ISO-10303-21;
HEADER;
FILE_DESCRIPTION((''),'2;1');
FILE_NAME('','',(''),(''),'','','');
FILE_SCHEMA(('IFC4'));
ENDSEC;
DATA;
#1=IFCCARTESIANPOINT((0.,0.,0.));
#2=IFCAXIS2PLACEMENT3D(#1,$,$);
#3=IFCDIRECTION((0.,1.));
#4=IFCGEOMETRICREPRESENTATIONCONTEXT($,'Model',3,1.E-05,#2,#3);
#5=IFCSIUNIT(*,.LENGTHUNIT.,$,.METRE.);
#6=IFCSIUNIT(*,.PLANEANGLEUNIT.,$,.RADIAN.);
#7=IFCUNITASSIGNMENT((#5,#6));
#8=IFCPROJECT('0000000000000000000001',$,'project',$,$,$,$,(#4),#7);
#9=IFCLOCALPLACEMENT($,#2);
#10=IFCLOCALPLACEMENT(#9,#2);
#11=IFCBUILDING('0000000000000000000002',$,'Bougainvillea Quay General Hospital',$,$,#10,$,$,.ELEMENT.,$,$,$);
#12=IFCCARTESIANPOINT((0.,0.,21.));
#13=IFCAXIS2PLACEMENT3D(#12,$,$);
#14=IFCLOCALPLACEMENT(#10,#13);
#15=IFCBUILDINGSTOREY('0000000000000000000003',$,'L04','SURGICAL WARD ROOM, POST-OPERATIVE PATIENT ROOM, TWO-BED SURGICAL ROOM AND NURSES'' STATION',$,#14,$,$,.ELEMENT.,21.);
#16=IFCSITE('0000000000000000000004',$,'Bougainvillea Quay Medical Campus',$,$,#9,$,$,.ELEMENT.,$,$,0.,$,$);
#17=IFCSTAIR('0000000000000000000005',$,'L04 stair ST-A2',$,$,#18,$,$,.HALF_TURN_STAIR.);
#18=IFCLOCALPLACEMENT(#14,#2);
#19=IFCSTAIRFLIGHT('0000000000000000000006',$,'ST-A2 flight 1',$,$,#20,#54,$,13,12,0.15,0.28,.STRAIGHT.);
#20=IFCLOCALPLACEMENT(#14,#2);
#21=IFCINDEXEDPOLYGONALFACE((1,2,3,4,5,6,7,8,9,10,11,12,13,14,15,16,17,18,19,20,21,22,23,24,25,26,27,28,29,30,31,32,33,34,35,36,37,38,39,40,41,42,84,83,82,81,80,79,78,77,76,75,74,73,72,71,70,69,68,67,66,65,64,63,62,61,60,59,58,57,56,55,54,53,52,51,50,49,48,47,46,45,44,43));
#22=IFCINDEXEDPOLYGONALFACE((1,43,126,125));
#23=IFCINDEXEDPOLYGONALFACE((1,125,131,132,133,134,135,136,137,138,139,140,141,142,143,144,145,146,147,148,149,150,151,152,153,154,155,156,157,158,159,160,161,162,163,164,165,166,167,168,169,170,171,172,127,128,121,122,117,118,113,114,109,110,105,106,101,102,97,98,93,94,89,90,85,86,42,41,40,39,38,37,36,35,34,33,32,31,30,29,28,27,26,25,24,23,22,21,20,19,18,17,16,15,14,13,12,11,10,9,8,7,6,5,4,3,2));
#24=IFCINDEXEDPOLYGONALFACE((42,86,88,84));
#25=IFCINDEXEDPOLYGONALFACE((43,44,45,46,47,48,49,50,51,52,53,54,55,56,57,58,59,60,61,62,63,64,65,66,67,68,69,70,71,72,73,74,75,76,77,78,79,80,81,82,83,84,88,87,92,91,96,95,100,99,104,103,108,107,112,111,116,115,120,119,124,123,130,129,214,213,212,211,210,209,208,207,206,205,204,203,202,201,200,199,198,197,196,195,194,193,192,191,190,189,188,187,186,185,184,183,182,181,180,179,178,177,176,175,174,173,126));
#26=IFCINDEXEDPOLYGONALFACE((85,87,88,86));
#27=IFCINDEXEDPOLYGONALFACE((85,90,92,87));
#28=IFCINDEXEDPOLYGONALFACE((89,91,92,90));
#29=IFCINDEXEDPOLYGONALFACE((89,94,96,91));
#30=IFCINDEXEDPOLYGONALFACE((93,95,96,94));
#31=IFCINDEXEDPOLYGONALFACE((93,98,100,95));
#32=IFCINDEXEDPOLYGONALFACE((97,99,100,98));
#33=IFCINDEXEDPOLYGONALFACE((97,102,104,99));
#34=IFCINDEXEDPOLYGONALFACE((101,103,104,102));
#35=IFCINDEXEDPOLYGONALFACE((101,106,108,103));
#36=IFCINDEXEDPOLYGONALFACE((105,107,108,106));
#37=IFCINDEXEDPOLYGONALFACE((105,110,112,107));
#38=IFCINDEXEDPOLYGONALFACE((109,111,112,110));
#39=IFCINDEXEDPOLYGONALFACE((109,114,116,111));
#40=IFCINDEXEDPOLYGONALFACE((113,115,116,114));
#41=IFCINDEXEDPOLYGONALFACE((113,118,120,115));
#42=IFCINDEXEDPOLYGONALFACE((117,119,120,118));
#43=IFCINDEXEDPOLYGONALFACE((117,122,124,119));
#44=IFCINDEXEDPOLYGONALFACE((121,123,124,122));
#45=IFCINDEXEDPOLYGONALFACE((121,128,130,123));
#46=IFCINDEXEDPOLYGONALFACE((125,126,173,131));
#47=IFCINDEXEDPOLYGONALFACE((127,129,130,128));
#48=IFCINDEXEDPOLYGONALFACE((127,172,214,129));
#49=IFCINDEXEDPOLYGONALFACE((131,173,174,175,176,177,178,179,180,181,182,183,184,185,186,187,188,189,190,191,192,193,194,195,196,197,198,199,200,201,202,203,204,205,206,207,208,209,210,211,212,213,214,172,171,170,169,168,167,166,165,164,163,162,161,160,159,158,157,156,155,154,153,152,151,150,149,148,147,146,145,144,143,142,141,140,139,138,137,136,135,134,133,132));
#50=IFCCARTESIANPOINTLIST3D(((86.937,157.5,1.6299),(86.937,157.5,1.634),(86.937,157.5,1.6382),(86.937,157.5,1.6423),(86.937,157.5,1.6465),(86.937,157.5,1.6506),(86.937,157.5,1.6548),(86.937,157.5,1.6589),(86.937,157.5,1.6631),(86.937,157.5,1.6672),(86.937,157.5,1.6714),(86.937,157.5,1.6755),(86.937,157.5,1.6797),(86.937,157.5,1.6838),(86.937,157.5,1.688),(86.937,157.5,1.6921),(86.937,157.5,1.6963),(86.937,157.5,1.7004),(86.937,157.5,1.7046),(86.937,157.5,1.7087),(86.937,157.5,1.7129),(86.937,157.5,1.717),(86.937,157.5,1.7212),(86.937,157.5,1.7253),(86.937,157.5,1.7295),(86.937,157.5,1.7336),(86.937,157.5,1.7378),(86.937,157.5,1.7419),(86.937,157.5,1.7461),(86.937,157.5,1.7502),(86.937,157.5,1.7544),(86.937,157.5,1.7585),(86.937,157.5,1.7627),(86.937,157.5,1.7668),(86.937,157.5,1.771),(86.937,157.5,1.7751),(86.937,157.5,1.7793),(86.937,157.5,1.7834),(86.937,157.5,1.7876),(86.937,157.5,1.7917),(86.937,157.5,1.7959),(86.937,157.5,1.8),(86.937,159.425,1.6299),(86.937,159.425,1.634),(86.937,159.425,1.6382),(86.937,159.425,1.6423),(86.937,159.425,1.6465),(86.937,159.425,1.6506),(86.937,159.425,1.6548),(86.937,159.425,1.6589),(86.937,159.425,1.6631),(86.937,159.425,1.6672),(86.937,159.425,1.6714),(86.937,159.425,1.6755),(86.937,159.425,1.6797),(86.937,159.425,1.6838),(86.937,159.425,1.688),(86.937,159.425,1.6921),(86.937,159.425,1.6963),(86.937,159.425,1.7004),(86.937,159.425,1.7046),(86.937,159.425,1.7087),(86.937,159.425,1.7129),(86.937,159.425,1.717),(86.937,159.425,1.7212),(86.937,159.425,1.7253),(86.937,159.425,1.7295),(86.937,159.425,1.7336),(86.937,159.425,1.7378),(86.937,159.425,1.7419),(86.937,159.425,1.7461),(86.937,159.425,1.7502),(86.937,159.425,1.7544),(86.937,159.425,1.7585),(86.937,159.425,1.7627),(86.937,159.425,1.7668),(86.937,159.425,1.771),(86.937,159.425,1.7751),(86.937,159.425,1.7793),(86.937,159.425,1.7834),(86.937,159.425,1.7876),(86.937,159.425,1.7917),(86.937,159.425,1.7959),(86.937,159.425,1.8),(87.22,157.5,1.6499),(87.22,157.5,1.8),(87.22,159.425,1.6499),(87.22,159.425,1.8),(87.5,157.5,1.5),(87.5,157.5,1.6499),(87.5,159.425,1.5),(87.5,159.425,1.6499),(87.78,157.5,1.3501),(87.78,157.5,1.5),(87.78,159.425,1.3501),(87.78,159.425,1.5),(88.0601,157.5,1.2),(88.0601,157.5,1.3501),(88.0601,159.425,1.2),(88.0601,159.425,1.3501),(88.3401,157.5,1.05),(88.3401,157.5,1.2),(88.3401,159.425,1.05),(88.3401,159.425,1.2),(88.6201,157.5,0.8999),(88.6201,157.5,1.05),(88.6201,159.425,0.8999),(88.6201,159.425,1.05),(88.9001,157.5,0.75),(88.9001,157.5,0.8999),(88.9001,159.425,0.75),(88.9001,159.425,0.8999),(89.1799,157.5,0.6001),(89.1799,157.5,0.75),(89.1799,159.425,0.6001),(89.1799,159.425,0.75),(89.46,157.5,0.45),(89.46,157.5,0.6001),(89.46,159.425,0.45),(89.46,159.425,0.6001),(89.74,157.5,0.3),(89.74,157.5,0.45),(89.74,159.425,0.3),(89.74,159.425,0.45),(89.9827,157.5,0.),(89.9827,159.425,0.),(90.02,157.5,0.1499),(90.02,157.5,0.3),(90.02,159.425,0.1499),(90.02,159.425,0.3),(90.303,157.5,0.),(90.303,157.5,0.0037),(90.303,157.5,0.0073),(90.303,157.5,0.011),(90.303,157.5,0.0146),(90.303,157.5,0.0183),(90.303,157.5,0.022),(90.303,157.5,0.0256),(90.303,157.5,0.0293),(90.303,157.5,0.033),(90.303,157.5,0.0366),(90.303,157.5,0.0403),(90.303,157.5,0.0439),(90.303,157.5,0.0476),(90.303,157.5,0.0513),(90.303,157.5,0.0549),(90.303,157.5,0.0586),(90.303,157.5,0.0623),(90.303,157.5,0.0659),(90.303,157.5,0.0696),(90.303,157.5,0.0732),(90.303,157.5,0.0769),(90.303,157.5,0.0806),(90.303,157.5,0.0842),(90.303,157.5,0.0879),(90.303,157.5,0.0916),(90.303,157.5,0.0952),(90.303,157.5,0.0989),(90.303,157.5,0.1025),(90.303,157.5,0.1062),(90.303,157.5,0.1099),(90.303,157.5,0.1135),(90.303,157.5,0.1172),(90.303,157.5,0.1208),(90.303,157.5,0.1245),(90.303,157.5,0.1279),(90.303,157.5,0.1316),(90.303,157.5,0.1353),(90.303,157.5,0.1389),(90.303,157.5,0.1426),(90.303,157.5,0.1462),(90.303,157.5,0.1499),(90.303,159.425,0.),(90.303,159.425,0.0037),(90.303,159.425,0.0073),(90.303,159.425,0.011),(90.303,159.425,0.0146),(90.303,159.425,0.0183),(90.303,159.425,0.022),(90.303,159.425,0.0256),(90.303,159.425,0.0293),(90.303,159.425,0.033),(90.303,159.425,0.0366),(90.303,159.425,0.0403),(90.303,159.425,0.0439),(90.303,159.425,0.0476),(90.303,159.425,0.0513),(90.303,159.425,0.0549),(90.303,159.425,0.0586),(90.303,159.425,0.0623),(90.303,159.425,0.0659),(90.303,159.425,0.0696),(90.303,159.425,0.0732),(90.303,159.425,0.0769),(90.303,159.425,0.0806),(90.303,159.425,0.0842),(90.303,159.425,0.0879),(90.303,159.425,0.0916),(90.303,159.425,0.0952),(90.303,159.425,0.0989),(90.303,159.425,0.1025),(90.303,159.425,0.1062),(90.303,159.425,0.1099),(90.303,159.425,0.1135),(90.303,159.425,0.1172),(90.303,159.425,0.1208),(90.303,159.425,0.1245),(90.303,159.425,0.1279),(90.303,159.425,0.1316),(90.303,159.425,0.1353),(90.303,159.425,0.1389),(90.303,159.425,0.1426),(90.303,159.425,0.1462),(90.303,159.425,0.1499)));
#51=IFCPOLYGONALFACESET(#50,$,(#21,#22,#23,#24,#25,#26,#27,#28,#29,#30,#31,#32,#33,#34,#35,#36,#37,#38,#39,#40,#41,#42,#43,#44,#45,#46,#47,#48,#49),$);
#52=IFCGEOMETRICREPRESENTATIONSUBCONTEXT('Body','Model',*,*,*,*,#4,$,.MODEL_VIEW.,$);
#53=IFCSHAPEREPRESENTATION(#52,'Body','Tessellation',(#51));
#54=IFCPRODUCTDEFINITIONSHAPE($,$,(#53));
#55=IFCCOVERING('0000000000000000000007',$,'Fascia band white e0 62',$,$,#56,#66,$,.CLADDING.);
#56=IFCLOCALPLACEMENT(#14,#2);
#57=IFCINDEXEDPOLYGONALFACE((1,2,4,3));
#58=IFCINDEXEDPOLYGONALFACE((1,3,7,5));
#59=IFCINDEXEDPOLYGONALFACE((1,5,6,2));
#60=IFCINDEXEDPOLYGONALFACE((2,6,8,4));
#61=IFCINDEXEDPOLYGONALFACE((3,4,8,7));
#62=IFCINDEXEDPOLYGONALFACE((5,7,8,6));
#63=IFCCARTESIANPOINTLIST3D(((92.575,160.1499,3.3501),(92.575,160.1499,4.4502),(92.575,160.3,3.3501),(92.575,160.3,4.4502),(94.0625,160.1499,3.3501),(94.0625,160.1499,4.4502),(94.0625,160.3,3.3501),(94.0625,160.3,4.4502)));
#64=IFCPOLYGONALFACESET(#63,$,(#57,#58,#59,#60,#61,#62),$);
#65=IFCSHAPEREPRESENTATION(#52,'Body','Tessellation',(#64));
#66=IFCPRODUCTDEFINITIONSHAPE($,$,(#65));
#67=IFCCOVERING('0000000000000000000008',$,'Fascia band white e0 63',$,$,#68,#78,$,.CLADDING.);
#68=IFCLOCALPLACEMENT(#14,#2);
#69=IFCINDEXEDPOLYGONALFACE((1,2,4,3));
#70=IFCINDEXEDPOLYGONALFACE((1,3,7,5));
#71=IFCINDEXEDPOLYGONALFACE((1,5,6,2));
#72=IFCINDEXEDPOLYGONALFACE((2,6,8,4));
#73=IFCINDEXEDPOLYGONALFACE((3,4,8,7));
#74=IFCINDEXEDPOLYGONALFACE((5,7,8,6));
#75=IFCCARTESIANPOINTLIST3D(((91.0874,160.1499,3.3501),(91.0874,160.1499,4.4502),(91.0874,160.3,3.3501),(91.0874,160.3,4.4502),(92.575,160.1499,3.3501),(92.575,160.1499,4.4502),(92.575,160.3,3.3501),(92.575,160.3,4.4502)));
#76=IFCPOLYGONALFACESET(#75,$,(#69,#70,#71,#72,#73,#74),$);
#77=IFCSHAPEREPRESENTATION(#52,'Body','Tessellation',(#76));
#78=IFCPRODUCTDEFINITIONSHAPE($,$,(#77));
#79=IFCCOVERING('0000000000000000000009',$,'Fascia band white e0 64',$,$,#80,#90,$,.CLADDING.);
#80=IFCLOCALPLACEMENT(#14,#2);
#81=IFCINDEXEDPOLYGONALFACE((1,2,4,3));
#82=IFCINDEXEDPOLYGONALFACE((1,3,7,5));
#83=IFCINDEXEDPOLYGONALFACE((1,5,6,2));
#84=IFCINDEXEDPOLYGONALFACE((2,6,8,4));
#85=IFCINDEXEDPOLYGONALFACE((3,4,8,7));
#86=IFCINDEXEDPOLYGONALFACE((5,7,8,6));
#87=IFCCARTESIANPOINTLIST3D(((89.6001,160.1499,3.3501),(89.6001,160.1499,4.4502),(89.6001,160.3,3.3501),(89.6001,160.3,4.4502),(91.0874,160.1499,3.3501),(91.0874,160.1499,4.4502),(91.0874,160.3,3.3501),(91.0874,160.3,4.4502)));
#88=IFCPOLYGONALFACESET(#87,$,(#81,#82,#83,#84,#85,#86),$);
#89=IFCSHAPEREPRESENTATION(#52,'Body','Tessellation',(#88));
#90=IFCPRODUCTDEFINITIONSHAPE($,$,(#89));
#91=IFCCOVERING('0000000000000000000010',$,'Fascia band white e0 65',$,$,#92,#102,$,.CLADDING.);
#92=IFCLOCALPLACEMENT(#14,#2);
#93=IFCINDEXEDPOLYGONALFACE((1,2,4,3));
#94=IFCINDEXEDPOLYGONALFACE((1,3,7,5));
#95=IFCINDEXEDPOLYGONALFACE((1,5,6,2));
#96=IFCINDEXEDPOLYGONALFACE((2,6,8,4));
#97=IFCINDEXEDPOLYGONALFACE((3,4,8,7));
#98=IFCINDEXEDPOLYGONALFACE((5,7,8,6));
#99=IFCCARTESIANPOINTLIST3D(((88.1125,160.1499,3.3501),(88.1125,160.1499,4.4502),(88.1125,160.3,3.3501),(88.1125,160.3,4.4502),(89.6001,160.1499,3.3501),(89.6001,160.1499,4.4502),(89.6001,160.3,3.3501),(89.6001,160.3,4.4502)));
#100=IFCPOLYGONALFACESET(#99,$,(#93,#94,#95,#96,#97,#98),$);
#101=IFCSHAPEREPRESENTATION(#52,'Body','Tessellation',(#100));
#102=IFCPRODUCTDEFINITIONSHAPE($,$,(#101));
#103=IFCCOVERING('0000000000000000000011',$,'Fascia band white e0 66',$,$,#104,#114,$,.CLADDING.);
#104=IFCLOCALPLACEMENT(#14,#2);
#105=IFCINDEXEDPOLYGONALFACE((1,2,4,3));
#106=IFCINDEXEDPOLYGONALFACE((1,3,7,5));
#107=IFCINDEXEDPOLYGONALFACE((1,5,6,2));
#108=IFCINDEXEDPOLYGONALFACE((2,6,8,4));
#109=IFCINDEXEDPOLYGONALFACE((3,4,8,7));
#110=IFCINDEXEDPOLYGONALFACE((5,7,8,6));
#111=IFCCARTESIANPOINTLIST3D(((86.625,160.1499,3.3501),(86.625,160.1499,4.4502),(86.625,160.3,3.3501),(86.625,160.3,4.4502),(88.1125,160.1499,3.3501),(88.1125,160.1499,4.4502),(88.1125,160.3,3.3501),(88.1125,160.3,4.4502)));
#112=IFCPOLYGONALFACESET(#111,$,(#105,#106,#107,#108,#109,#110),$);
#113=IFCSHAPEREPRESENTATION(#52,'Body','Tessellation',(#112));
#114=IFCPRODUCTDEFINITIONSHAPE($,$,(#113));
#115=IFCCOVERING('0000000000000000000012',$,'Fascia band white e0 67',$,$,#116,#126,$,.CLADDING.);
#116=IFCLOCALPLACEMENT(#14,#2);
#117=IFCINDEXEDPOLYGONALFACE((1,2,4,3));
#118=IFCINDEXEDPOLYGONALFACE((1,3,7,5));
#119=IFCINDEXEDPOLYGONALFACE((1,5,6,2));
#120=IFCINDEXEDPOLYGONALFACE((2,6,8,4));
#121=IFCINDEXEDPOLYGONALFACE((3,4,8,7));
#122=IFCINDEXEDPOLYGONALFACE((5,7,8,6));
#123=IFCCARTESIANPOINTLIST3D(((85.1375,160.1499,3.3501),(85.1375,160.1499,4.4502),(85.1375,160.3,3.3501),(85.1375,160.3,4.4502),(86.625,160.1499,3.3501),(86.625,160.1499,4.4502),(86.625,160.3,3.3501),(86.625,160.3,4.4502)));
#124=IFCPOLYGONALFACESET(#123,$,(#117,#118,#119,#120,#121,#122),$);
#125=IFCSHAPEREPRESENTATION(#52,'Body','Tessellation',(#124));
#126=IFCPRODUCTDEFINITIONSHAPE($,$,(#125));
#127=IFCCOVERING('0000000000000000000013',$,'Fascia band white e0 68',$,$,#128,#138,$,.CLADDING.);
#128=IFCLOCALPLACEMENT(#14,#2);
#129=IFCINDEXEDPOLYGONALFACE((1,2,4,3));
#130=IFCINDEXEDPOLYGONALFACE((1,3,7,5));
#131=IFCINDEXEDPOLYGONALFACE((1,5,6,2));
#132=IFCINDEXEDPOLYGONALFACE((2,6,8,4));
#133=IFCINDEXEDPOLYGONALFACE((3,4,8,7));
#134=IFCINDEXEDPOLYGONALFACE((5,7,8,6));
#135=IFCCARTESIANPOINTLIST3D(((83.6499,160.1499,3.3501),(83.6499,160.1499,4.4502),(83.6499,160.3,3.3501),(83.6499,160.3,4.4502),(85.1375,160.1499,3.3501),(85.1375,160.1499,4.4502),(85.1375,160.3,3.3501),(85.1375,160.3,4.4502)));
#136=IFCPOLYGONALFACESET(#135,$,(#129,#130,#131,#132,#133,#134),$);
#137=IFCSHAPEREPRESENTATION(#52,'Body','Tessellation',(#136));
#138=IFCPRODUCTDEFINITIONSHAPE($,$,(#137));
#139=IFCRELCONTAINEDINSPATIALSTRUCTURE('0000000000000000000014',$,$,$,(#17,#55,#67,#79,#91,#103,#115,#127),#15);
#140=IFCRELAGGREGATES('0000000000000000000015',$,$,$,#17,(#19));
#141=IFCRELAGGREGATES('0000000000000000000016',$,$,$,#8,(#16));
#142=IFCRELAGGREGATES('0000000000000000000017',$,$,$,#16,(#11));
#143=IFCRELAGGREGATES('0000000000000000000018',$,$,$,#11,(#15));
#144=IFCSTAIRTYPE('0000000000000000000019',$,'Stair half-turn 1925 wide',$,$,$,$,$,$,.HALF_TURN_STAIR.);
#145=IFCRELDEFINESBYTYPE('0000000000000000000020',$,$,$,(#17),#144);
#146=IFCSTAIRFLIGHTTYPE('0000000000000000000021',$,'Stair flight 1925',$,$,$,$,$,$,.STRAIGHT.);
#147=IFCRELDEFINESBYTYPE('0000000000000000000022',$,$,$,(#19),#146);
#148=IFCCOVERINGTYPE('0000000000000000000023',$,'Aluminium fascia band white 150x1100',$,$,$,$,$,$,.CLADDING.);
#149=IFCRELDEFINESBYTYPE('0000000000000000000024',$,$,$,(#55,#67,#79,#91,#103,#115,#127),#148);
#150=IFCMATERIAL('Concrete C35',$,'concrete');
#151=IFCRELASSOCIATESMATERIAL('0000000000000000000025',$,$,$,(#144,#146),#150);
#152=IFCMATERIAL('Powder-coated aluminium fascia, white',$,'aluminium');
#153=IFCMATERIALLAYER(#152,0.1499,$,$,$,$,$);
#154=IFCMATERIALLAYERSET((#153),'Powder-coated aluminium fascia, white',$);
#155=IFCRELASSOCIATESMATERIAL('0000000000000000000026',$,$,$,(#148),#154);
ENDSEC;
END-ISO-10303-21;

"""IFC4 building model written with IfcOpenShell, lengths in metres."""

from ifc_helpers import new_model, si_unit, direction, frame, origin, place, context, subcontext, project, spatial, polyline, outline, extrude, material, layer, layer_set, type_object, element, aggregate, save


model = new_model("IFC4")

# Units and contexts
model_context = context("Model", 3, precision=1e-05, world=origin(), true_north=direction((0.0, 1.0)))
body_context = subcontext(model_context, "Body", "Model", "MODEL_VIEW")
ifc_project = project(units=[si_unit("LENGTHUNIT", "METRE"), si_unit("PLANEANGLEUNIT", "RADIAN")], contexts=[model_context])

# Site, building, storey
site_placement = place(None, origin())
site = spatial("IfcSite", under=ifc_project, at=site_placement, Name="Bougainvillea Quay Medical Campus", CompositionType="ELEMENT", RefElevation=0.0)
building_placement = place(site_placement, origin())
building = spatial("IfcBuilding", under=site, at=building_placement, Name="Bougainvillea Quay General Hospital", CompositionType="ELEMENT")
storey_placement = place(building_placement, frame((0.0, 0.0, 21.0)))
storey = spatial("IfcBuildingStorey", under=building, at=storey_placement, Name="L04", Description="SURGICAL WARD ROOM, POST-OPERATIVE PATIENT ROOM, TWO-BED SURGICAL ROOM AND NURSES' STATION", CompositionType="ELEMENT", Elevation=21.0)

# Stair, stair flight
ifc_material_1 = material(Name="Concrete C35", Category="concrete")
stair_type = type_object("IfcStairType", Name="Stair half-turn 1925 wide", PredefinedType="HALF_TURN_STAIR", material=ifc_material_1)
stair_placement = place(storey_placement, origin())
stair = element("IfcStair", 1, at=stair_placement, inside=storey, type_object=stair_type, Name="L04 stair ST-A2", PredefinedType="HALF_TURN_STAIR")
stair_flight_type = type_object("IfcStairFlightType", Name="Stair flight 1925", PredefinedType="STRAIGHT", material=ifc_material_1)
stair_flight_1_placement = place(storey_placement, frame((90.3, 158.4624, 0.0), z_axis=(0.0, 0.0, 1.0), x_axis=(-1.0, 0.0, 0.0)))
stair_flight_1 = element("IfcStairFlight", 2, at=stair_flight_1_placement, type_object=stair_flight_type, Name="ST-A2 flight 1", NumberOfRisers=13, NumberOfTreads=12, PredefinedType="STRAIGHT", RiserHeight=0.15, TreadLength=0.28, context=body_context, shape_type="SweptSolid", body=[
    extrude(outline(polyline([(-0.0029, 0.0), (-0.0029, 0.0037), (-0.0029, 0.0073), (-0.0029, 0.011), (-0.0029, 0.0146), (-0.0029, 0.0183), (-0.0029, 0.022), (-0.0029, 0.0256), (-0.0029, 0.0293), (-0.0029, 0.033), (-0.0029, 0.0366), (-0.0029, 0.0403), (-0.0029, 0.0439), (-0.0029, 0.0476), (-0.0029, 0.0513), (-0.0029, 0.0549), (-0.0029, 0.0586), (-0.0029, 0.0623), (-0.0029, 0.0659), (-0.0029, 0.0696), (-0.0029, 0.0732), (-0.0029, 0.0769), (-0.0029, 0.0806), (-0.0029, 0.0842), (-0.0029, 0.0879), (-0.0029, 0.0916), (-0.0029, 0.0952), (-0.0029, 0.0989), (-0.0029, 0.1025), (-0.0029, 0.1062), (-0.0029, 0.1099), (-0.0029, 0.1135), (-0.0029, 0.1172), (-0.0029, 0.1208), (-0.0029, 0.1245), (-0.0029, 0.1279), (-0.0029, 0.1316), (-0.0029, 0.1353), (-0.0029, 0.1389), (-0.0029, 0.1426), (-0.0029, 0.1462), (-0.0029, 0.1499), (0.28, 0.1499), (0.28, 0.3), (0.5601, 0.3), (0.5601, 0.45), (0.8401, 0.45), (0.8401, 0.6001), (1.1201, 0.6001), (1.1201, 0.75), (1.3999, 0.75), (1.3999, 0.8999), (1.6799, 0.8999), (1.6799, 1.05), (1.96, 1.05), (1.96, 1.2), (2.24, 1.2), (2.24, 1.3501), (2.52, 1.3501), (2.52, 1.5), (2.8, 1.5), (2.8, 1.6499), (3.0801, 1.6499), (3.0801, 1.8), (3.363, 1.8), (3.363, 1.7959), (3.363, 1.7917), (3.363, 1.7876), (3.363, 1.7834), (3.363, 1.7793), (3.363, 1.7751), (3.363, 1.771), (3.363, 1.7668), (3.363, 1.7627), (3.363, 1.7585), (3.363, 1.7544), (3.363, 1.7502), (3.363, 1.7461), (3.363, 1.7419), (3.363, 1.7378), (3.363, 1.7336), (3.363, 1.7295), (3.363, 1.7253), (3.363, 1.7212), (3.363, 1.717), (3.363, 1.7129), (3.363, 1.7087), (3.363, 1.7046), (3.363, 1.7004), (3.363, 1.6963), (3.363, 1.6921), (3.363, 1.688), (3.363, 1.6838), (3.363, 1.6797), (3.363, 1.6755), (3.363, 1.6714), (3.363, 1.6672), (3.363, 1.6631), (3.363, 1.6589), (3.363, 1.6548), (3.363, 1.6506), (3.363, 1.6465), (3.363, 1.6423), (3.363, 1.6382), (3.363, 1.634), (3.363, 1.6299), (0.3174, 0.0), (-0.0029, 0.0)])), frame((0.0, 0.9624, 0.0), z_axis=(0.0, -1.0, 0.0), x_axis=(1.0, 0.0, 0.0)), (0.0, 0.0, 1.0), 1.925),
])
aggregate(stair, [stair_flight_1])

# Coverings
ifc_material_2 = material(Name="Powder-coated aluminium fascia, white", Category="aluminium")
ifc_layer_1 = layer(ifc_material_2, 0.1499)
ifc_layer_set_1 = layer_set([ifc_layer_1], Name="Powder-coated aluminium fascia, white")
covering_type = type_object("IfcCoveringType", Name="Aluminium fascia band white 150x1100", PredefinedType="CLADDING", material=ifc_layer_set_1)
for number, where, z_axis, x_axis, name in (
    (3, (94.0625, 160.1499, 3.3501), (0.0, 0.0, 1.0), (-1.0, 0.0, 0.0), "Fascia band white e0 62"),
    (4, (92.575, 160.1499, 3.3501), (0.0, 0.0, 1.0), (-1.0, 0.0, 0.0), "Fascia band white e0 63"),
):
    element("IfcCovering", number, at=place(storey_placement, frame(where, z_axis=z_axis, x_axis=x_axis)), inside=storey, type_object=covering_type, Name=name, PredefinedType="CLADDING", context=body_context, shape_type="SweptSolid", body=[
        extrude(outline(polyline([(0.0, 0.0), (1.4875, 0.0), (1.4875, -0.1501), (0.0, -0.1501), (0.0, 0.0)])), origin(), (0.0, 0.0, 1.0), 1.1001),
    ])
covering_placement = place(storey_placement, frame((91.0874, 160.1499, 3.3501), z_axis=(0.0, 0.0, 1.0), x_axis=(-1.0, 0.0, 0.0)))
element("IfcCovering", 5, at=covering_placement, inside=storey, type_object=covering_type, Name="Fascia band white e0 64", PredefinedType="CLADDING", context=body_context, shape_type="SweptSolid", body=[
    extrude(outline(polyline([(0.0, 0.0), (1.4873, 0.0), (1.4873, -0.1501), (0.0, -0.1501), (0.0, 0.0)])), origin(), (0.0, 0.0, 1.0), 1.1001),
])
for number, where, z_axis, x_axis, name in (
    (6, (89.6001, 160.1499, 3.3501), (0.0, 0.0, 1.0), (-1.0, 0.0, 0.0), "Fascia band white e0 65"),
    (7, (88.1125, 160.1499, 3.3501), (0.0, 0.0, 1.0), (-1.0, 0.0, 0.0), "Fascia band white e0 66"),
    (8, (86.625, 160.1499, 3.3501), (0.0, 0.0, 1.0), (-1.0, 0.0, 0.0), "Fascia band white e0 67"),
    (9, (85.1375, 160.1499, 3.3501), (0.0, 0.0, 1.0), (-1.0, 0.0, 0.0), "Fascia band white e0 68"),
):
    element("IfcCovering", number, at=place(storey_placement, frame(where, z_axis=z_axis, x_axis=x_axis)), inside=storey, type_object=covering_type, Name=name, PredefinedType="CLADDING", context=body_context, shape_type="SweptSolid", body=[
        extrude(outline(polyline([(0.0, 0.0), (1.4875, 0.0), (1.4875, -0.1501), (0.0, -0.1501), (0.0, 0.0)])), origin(), (0.0, 0.0, 1.0), 1.1001),
    ])

save(model, "model.ifc")
